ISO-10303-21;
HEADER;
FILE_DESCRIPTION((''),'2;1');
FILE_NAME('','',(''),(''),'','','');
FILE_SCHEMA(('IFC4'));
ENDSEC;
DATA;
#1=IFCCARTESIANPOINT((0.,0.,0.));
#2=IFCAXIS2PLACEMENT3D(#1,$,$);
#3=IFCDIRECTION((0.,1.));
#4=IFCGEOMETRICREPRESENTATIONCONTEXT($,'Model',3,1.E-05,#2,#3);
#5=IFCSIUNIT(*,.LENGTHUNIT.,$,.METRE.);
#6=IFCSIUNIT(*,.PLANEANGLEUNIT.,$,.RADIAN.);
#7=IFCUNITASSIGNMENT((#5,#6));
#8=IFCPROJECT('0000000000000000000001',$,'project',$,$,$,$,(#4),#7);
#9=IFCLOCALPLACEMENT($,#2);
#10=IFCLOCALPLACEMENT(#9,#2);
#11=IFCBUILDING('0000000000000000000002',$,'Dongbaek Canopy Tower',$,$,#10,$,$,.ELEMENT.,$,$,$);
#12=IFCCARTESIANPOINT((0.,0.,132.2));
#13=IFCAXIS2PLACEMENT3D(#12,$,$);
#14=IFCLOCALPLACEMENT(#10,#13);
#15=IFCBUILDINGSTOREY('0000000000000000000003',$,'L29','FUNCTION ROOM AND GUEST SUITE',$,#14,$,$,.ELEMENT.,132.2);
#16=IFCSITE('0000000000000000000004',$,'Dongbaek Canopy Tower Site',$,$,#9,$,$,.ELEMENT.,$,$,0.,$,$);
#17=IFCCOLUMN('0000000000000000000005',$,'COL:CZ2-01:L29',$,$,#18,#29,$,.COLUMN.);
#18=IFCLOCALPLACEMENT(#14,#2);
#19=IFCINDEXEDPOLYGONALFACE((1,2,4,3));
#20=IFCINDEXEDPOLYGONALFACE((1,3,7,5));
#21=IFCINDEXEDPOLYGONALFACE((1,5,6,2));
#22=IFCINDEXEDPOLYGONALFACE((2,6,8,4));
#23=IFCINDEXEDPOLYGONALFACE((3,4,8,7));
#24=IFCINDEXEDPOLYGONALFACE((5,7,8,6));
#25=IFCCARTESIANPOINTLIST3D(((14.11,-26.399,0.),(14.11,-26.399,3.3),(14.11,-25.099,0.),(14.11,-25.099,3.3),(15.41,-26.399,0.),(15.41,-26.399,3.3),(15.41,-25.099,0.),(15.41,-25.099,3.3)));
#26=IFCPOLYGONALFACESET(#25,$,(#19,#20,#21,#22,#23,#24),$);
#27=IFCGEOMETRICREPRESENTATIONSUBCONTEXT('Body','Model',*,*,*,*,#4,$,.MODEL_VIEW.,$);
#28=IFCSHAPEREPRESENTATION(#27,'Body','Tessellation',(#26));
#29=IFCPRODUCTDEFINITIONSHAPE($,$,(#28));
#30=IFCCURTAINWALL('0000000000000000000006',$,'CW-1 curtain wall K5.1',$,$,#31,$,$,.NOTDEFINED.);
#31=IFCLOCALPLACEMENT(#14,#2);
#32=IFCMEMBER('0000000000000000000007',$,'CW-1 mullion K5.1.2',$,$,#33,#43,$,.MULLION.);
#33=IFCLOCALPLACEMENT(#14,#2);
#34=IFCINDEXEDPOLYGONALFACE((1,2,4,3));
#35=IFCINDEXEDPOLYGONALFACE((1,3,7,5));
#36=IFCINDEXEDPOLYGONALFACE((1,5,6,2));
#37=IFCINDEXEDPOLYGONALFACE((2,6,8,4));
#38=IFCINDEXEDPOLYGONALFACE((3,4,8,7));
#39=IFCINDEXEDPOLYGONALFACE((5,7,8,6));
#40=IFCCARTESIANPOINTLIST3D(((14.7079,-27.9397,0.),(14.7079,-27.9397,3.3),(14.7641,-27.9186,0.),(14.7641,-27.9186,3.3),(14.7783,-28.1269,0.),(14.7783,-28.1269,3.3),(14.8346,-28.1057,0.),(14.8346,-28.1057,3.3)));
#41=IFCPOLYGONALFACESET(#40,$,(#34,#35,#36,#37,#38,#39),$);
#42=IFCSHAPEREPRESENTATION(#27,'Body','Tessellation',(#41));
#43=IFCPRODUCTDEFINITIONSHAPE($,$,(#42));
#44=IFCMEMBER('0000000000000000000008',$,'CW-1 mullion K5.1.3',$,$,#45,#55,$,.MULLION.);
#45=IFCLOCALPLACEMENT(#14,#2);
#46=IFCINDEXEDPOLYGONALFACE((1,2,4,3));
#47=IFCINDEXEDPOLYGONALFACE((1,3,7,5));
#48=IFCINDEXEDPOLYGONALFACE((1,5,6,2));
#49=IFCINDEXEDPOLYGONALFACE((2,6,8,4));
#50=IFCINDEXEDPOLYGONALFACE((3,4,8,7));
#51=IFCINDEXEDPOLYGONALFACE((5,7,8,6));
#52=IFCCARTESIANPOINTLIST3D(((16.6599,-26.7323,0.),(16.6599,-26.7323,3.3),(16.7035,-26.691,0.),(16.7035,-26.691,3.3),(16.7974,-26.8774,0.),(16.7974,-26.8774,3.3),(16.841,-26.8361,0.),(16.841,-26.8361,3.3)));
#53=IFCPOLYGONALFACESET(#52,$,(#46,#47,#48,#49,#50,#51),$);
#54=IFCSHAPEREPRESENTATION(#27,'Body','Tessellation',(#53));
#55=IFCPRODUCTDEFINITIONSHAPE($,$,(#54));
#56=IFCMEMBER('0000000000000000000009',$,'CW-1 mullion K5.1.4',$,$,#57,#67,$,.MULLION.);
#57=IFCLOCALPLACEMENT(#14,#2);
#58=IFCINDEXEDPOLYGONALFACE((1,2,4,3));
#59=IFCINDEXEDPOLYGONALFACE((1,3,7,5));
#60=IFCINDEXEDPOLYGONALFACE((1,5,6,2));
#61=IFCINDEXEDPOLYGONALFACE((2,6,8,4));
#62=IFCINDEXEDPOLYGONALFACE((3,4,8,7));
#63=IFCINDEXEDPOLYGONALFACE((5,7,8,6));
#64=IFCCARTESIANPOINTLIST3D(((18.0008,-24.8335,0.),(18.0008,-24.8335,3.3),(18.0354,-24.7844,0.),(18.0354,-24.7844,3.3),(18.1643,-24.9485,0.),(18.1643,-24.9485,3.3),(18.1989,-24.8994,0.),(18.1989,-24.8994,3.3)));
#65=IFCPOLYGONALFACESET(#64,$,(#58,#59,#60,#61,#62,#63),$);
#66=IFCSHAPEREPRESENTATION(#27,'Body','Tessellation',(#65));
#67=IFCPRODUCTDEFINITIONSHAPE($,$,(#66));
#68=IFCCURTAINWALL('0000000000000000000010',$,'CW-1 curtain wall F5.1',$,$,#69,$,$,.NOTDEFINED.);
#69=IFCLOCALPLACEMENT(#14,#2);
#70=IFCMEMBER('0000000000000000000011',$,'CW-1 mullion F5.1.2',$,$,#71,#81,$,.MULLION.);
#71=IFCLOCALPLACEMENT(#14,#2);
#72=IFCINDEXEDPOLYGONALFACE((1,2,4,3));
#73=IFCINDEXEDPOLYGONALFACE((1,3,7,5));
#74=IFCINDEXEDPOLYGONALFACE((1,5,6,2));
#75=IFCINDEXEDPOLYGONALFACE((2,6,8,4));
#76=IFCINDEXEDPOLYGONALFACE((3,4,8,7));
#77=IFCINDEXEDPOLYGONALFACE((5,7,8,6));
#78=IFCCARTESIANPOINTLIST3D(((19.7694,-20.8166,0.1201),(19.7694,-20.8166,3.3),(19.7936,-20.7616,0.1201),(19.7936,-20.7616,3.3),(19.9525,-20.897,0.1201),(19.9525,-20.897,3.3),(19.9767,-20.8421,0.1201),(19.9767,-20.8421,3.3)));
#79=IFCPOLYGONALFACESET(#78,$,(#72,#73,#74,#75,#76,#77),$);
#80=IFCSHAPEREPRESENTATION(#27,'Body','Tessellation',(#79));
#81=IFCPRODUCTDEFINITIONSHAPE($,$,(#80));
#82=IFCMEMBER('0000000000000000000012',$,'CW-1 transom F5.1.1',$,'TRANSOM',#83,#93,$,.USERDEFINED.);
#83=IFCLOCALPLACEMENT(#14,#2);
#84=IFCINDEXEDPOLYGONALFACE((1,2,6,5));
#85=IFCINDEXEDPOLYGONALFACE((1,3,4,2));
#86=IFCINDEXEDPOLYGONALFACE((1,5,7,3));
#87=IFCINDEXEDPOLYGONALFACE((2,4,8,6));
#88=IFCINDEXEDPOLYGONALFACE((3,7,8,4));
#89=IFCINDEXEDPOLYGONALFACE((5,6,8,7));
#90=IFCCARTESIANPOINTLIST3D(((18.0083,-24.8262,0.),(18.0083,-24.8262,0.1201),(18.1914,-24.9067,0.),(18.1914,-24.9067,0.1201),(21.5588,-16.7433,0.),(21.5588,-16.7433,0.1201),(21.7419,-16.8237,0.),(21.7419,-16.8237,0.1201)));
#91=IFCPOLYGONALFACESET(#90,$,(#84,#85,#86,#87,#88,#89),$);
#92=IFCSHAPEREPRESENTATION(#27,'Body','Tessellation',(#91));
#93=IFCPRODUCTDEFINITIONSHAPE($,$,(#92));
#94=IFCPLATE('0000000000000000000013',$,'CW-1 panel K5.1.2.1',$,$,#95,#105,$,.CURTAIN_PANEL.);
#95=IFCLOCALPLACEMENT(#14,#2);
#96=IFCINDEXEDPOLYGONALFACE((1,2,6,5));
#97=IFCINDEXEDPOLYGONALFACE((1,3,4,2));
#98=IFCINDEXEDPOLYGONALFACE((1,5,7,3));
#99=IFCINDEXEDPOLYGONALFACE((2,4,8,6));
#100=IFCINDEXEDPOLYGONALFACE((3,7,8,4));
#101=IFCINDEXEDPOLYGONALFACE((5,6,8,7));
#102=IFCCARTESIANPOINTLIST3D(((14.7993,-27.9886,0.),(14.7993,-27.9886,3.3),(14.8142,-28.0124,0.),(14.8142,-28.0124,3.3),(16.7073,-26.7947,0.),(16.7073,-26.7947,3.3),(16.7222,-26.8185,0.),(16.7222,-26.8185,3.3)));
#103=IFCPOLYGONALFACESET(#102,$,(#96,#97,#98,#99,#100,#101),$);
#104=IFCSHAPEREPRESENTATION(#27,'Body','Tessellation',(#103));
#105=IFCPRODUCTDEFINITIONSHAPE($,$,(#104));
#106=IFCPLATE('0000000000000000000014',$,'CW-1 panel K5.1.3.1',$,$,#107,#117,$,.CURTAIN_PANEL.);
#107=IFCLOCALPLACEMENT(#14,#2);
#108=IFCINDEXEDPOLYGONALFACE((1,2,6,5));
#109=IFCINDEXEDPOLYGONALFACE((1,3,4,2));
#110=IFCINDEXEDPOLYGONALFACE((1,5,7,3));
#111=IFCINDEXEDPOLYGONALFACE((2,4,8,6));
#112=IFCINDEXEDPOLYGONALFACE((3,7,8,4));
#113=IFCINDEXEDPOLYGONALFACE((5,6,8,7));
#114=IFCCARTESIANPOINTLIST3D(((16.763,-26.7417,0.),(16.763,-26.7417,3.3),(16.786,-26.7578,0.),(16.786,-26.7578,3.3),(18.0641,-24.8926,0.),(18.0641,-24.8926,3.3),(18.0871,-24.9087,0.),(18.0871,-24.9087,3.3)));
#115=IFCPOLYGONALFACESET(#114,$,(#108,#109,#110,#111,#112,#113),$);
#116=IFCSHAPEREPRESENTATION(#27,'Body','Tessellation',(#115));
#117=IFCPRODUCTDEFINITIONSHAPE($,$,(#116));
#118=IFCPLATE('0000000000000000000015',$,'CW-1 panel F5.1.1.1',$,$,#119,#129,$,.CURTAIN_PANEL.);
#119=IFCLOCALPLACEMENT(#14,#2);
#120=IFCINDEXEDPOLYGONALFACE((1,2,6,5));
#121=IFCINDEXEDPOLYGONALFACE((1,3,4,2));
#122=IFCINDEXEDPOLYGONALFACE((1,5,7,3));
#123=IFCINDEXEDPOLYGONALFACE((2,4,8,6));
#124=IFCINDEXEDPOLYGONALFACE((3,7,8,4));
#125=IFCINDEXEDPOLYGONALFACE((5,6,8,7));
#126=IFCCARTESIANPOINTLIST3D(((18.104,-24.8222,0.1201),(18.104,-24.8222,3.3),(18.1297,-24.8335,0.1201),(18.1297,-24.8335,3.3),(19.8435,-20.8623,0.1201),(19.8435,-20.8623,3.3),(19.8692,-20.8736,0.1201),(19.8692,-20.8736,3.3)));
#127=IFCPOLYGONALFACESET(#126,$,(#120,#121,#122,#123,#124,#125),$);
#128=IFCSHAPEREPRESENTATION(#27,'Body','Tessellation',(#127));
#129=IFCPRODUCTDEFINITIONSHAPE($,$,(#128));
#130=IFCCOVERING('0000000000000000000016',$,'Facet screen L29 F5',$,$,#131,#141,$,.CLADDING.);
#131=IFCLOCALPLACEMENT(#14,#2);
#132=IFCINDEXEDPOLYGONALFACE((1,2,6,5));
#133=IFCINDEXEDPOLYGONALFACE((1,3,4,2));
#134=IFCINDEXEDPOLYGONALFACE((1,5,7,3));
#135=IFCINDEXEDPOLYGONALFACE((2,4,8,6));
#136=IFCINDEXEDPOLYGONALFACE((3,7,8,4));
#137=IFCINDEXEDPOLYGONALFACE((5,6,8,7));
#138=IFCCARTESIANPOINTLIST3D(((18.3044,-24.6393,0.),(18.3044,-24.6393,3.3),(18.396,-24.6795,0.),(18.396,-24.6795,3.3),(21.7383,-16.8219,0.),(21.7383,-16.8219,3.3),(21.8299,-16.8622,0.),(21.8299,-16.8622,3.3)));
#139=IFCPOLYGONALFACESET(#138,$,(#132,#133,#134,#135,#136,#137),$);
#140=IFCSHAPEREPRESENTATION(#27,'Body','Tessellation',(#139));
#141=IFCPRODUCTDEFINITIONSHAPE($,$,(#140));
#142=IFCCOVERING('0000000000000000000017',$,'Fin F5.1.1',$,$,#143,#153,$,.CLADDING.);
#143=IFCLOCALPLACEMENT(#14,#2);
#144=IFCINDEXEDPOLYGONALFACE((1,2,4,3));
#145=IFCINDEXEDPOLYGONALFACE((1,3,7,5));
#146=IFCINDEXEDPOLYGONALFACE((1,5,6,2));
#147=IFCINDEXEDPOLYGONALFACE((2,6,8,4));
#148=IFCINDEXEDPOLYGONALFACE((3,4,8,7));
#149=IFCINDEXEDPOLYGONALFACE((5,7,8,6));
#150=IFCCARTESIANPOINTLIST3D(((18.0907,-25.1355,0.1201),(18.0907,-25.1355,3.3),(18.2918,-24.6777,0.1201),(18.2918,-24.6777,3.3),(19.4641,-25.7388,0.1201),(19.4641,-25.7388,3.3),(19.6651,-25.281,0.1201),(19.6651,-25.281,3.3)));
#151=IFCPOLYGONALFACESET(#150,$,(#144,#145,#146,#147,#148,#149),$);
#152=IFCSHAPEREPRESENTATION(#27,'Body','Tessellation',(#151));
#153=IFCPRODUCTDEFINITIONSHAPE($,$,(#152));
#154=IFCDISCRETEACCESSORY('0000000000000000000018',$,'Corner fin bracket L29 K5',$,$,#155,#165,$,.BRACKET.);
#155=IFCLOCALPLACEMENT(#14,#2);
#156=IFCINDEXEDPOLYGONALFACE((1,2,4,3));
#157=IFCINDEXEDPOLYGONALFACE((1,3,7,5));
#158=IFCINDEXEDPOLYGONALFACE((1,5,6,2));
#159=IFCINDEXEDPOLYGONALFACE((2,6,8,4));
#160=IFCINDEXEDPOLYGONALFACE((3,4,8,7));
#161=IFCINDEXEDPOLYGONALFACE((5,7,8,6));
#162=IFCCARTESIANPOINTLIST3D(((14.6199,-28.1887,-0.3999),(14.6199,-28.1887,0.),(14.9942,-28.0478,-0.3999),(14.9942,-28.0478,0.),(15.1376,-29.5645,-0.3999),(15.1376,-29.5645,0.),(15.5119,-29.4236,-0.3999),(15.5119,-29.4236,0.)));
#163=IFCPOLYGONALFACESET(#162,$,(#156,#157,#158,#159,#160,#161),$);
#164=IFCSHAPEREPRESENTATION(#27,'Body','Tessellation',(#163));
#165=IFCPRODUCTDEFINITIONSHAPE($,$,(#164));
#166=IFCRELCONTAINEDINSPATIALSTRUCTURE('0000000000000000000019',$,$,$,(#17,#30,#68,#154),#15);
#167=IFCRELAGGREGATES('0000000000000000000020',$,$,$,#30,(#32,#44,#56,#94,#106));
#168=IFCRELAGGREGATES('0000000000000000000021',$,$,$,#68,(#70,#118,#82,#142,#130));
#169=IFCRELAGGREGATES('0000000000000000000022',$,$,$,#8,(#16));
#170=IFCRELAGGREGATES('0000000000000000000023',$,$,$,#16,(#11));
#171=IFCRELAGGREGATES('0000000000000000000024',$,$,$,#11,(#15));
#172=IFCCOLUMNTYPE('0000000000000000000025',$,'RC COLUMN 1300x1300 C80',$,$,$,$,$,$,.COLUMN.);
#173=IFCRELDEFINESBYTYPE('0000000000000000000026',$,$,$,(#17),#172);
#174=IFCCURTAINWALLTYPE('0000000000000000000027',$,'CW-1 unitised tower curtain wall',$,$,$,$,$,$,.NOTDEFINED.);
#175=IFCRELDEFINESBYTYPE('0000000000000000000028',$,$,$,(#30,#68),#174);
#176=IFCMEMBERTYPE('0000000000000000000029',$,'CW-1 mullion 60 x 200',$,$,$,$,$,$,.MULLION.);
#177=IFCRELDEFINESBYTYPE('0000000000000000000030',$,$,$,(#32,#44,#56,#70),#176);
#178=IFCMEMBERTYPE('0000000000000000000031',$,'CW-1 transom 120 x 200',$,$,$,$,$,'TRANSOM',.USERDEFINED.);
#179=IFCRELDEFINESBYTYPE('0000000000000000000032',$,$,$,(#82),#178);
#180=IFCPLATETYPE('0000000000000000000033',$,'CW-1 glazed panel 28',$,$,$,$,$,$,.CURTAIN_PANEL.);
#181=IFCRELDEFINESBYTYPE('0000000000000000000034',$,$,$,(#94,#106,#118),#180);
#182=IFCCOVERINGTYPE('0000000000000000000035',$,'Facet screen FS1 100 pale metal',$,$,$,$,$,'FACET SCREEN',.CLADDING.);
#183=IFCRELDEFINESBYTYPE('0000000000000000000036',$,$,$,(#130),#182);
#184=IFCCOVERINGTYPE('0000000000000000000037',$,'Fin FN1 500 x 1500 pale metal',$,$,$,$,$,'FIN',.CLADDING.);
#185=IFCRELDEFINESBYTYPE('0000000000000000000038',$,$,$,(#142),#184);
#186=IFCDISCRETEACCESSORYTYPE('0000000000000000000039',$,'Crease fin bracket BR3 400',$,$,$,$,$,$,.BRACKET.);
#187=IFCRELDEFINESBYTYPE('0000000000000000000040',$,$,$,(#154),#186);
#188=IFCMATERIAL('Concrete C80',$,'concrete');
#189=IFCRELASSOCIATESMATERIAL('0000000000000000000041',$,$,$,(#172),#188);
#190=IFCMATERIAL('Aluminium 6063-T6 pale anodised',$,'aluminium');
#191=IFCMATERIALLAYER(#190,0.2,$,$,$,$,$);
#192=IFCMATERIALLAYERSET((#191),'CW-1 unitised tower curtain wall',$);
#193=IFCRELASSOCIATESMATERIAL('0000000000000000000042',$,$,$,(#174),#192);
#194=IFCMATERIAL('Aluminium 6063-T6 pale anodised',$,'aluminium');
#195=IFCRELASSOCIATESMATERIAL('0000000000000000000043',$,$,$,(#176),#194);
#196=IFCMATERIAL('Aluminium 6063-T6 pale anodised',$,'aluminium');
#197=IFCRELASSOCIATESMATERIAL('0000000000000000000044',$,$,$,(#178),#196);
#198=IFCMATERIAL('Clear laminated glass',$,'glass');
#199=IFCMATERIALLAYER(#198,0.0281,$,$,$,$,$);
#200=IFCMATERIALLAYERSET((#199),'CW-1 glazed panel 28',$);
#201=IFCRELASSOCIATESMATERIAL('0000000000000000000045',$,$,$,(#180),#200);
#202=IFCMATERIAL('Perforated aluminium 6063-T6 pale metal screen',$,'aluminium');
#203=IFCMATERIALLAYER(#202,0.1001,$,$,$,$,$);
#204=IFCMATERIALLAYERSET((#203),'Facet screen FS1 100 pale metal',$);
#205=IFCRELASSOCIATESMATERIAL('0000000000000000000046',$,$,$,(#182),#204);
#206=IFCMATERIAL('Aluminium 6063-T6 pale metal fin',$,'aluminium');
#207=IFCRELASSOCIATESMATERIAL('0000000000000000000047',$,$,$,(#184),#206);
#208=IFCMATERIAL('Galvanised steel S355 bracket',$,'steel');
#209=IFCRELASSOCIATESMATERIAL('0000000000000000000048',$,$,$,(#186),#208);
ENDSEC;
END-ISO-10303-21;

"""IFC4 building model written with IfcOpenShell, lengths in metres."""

from ifc_helpers import new_model, si_unit, direction, frame, origin, origin_2d, place, context, subcontext, project, spatial, rectangle, extrude, material, layer, layer_set, material_profile, profile_set, type_object, element, aggregate, save


model = new_model("IFC4")

# Units and contexts
model_context = context("Model", 3, precision=1e-05, world=origin(), true_north=direction((0.0, 1.0)))
body_context = subcontext(model_context, "Body", "Model", "MODEL_VIEW")
ifc_project = project(units=[si_unit("LENGTHUNIT", "METRE"), si_unit("PLANEANGLEUNIT", "RADIAN")], contexts=[model_context])

# Site, building, storey
site_placement = place(None, origin())
site = spatial("IfcSite", under=ifc_project, at=site_placement, Name="Dongbaek Canopy Tower Site", CompositionType="ELEMENT", RefElevation=0.0)
building_placement = place(site_placement, origin())
building = spatial("IfcBuilding", under=site, at=building_placement, Name="Dongbaek Canopy Tower", CompositionType="ELEMENT")
storey_placement = place(building_placement, frame((0.0, 0.0, 132.2)))
storey = spatial("IfcBuildingStorey", under=building, at=storey_placement, Name="L29", Description="FUNCTION ROOM AND GUEST SUITE", CompositionType="ELEMENT", Elevation=132.2)

# Column
ifc_material_1 = material(Name="Concrete C80", Category="concrete")
ifc_material_profile_1 = material_profile(ifc_material_1, rectangle(XDim=1.3, YDim=1.3, at=origin_2d()), Name="RC COLUMN 1300x1300 C80")
ifc_profile_set_1 = profile_set([ifc_material_profile_1], Name="Concrete C80")
column_type = type_object("IfcColumnType", Name="RC COLUMN 1300x1300 C80", PredefinedType="COLUMN", material=ifc_profile_set_1)
column_placement = place(storey_placement, frame((14.76, -25.749, 0.0), z_axis=(0.0, 0.0, 1.0), x_axis=(1.0, 0.0, 0.0)))
element("IfcColumn", 1, at=column_placement, inside=storey, type_object=column_type, Name="COL:CZ2-01:L29", PredefinedType="COLUMN", context=body_context, shape_type="SweptSolid", body=[
    extrude(rectangle(XDim=1.3, YDim=1.3, at=origin_2d()), origin(), (0.0, 0.0, 1.0), 3.3),
])

# Curtain walls, members
ifc_material_2 = material(Name="Aluminium 6063-T6 pale anodised", Category="aluminium")
ifc_layer_1 = layer(ifc_material_2, 0.2)
ifc_layer_set_1 = layer_set([ifc_layer_1], Name="CW-1 unitised tower curtain wall")
curtain_wall_type = type_object("IfcCurtainWallType", Name="CW-1 unitised tower curtain wall", PredefinedType="NOTDEFINED", material=ifc_layer_set_1)
curtain_wall_1_placement = place(storey_placement, origin())
curtain_wall_1 = element("IfcCurtainWall", 2, at=curtain_wall_1_placement, inside=storey, type_object=curtain_wall_type, Name="CW-1 curtain wall K5.1", PredefinedType="NOTDEFINED")
ifc_material_3 = material(Name="Aluminium 6063-T6 pale anodised", Category="aluminium")
ifc_material_profile_2 = material_profile(ifc_material_3, rectangle(XDim=0.2, YDim=0.0601, at=origin_2d()), Name="CW-1 mullion 60 x 200")
ifc_profile_set_2 = profile_set([ifc_material_profile_2], Name="Aluminium 6063-T6 pale anodised")
member_type_1 = type_object("IfcMemberType", Name="CW-1 mullion 60 x 200", PredefinedType="MULLION", material=ifc_profile_set_2)
member_1_placement = place(storey_placement, frame((14.7712, -28.0227, 0.0), z_axis=(0.0, 0.0, 1.0), x_axis=(0.352184, -0.935931, 0.0)))
member_1 = element("IfcMember", 3, at=member_1_placement, type_object=member_type_1, Name="CW-1 mullion K5.1.2", PredefinedType="MULLION", context=body_context, shape_type="SweptSolid", body=[
    extrude(rectangle(XDim=0.2, YDim=0.0601, at=origin_2d()), origin(), (0.0, 0.0, 1.0), 3.3),
])
member_2_placement = place(storey_placement, frame((16.7505, -26.7842, 0.0), z_axis=(0.0, 0.0, 1.0), x_axis=(0.687764, -0.725935, 0.0)))
member_2 = element("IfcMember", 4, at=member_2_placement, type_object=member_type_1, Name="CW-1 mullion K5.1.3", PredefinedType="MULLION", context=body_context, shape_type="SweptSolid", body=[
    extrude(rectangle(XDim=0.2, YDim=0.0601, at=origin_2d()), origin(), (0.0, 0.0, 1.0), 3.3),
])
member_3_placement = place(storey_placement, frame((18.0999, -24.8665, 0.0), z_axis=(0.0, 0.0, 1.0), x_axis=(0.817844, -0.57544, 0.0)))
member_3 = element("IfcMember", 5, at=member_3_placement, type_object=member_type_1, Name="CW-1 mullion K5.1.4", PredefinedType="MULLION", context=body_context, shape_type="SweptSolid", body=[
    extrude(rectangle(XDim=0.2, YDim=0.0601, at=origin_2d()), origin(), (0.0, 0.0, 1.0), 3.3),
])
curtain_wall_2_placement = place(storey_placement, origin())
curtain_wall_2 = element("IfcCurtainWall", 6, at=curtain_wall_2_placement, inside=storey, type_object=curtain_wall_type, Name="CW-1 curtain wall F5.1", PredefinedType="NOTDEFINED")
member_4_placement = place(storey_placement, frame((19.873, -20.8293, 0.1201), z_axis=(0.0, 0.0, 1.0), x_axis=(0.915562, -0.402176, 0.0)))
member_4 = element("IfcMember", 7, at=member_4_placement, type_object=member_type_1, Name="CW-1 mullion F5.1.2", PredefinedType="MULLION", context=body_context, shape_type="SweptSolid", body=[
    extrude(rectangle(XDim=0.2, YDim=0.0601, at=origin_2d()), origin(), (0.0, 0.0, 1.0), 3.1799),
])
ifc_material_4 = material(Name="Aluminium 6063-T6 pale anodised", Category="aluminium")
ifc_material_profile_3 = material_profile(ifc_material_4, rectangle(XDim=0.2, YDim=0.1201, at=origin_2d()), Name="CW-1 transom 120 x 200")
ifc_profile_set_3 = profile_set([ifc_material_profile_3], Name="Aluminium 6063-T6 pale anodised")
member_type_2 = type_object("IfcMemberType", Name="CW-1 transom 120 x 200", ElementType="TRANSOM", PredefinedType="USERDEFINED", material=ifc_profile_set_3)
member_5_placement = place(storey_placement, frame((18.0999, -24.8665, 0.0601), z_axis=(0.40217, 0.915565, 0.0), x_axis=(-0.915565, 0.40217, 0.0)))
member_5 = element("IfcMember", 8, at=member_5_placement, type_object=member_type_2, Name="CW-1 transom F5.1.1", ObjectType="TRANSOM", PredefinedType="USERDEFINED", context=body_context, shape_type="SweptSolid", body=[
    extrude(rectangle(XDim=0.2, YDim=0.1201, at=origin_2d()), origin(), (0.0, 0.0, 1.0), 8.8284),
])

# Plates
ifc_material_5 = material(Name="Clear laminated glass", Category="glass")
ifc_layer_2 = layer(ifc_material_5, 0.0281)
ifc_layer_set_2 = layer_set([ifc_layer_2], Name="CW-1 glazed panel 28")
plate_type = type_object("IfcPlateType", Name="CW-1 glazed panel 28", PredefinedType="CURTAIN_PANEL", material=ifc_layer_set_2)
plate_1_placement = place(storey_placement, frame((15.7607, -27.4036, 0.0), z_axis=(0.0, 0.0, 1.0), x_axis=(0.847704, 0.530469, 0.0)))
plate_1 = element("IfcPlate", 9, at=plate_1_placement, type_object=plate_type, Name="CW-1 panel K5.1.2.1", PredefinedType="CURTAIN_PANEL", context=body_context, shape_type="SweptSolid", body=[
    extrude(rectangle(XDim=2.2507, YDim=0.0281, at=origin_2d()), origin(), (0.0, 0.0, 1.0), 3.3),
])
plate_2_placement = place(storey_placement, frame((17.425, -25.8252, 0.0), z_axis=(0.0, 0.0, 1.0), x_axis=(0.57544, 0.817844, 0.0)))
plate_2 = element("IfcPlate", 10, at=plate_2_placement, type_object=plate_type, Name="CW-1 panel K5.1.3.1", PredefinedType="CURTAIN_PANEL", context=body_context, shape_type="SweptSolid", body=[
    extrude(rectangle(XDim=2.261, YDim=0.0281, at=origin_2d()), origin(), (0.0, 0.0, 1.0), 3.3),
])
aggregate(curtain_wall_1, [member_1, member_2, member_3, plate_1, plate_2])
plate_3_placement = place(storey_placement, frame((18.9866, -22.8479, 0.1201), z_axis=(0.0, 0.0, 1.0), x_axis=(0.402176, 0.915562, 0.0)))
plate_3 = element("IfcPlate", 11, at=plate_3_placement, type_object=plate_type, Name="CW-1 panel F5.1.1.1", PredefinedType="CURTAIN_PANEL", context=body_context, shape_type="SweptSolid", body=[
    extrude(rectangle(XDim=4.3252, YDim=0.0281, at=origin_2d()), origin(), (0.0, 0.0, 1.0), 3.1799),
])

# Coverings
ifc_material_6 = material(Name="Perforated aluminium 6063-T6 pale metal screen", Category="aluminium")
ifc_layer_3 = layer(ifc_material_6, 0.1001)
ifc_layer_set_3 = layer_set([ifc_layer_3], Name="Facet screen FS1 100 pale metal")
covering_type_1 = type_object("IfcCoveringType", Name="Facet screen FS1 100 pale metal", ElementType="FACET SCREEN", PredefinedType="CLADDING", material=ifc_layer_set_3)
covering_1_placement = place(storey_placement, frame((20.0671, -20.7507, 0.0), z_axis=(0.0, 0.0, 1.0), x_axis=(0.402176, 0.915562, 0.0)))
covering_1 = element("IfcCovering", 12, at=covering_1_placement, type_object=covering_type_1, Name="Facet screen L29 F5", PredefinedType="CLADDING", context=body_context, shape_type="SweptSolid", body=[
    extrude(rectangle(XDim=8.5383, YDim=0.1001, at=origin_2d()), origin(), (0.0, 0.0, 1.0), 3.3),
])
ifc_material_7 = material(Name="Aluminium 6063-T6 pale metal fin", Category="aluminium")
ifc_material_profile_4 = material_profile(ifc_material_7, rectangle(XDim=1.5, YDim=0.5, at=origin_2d()), Name="Fin FN1 500 x 1500 pale metal")
ifc_profile_set_4 = profile_set([ifc_material_profile_4], Name="Aluminium 6063-T6 pale metal fin")
covering_type_2 = type_object("IfcCoveringType", Name="Fin FN1 500 x 1500 pale metal", ElementType="FIN", PredefinedType="CLADDING", material=ifc_profile_set_4)
covering_2_placement = place(storey_placement, frame((18.8779, -25.2083, 0.1201), z_axis=(0.0, 0.0, 1.0), x_axis=(0.915562, -0.402176, 0.0)))
covering_2 = element("IfcCovering", 13, at=covering_2_placement, type_object=covering_type_2, Name="Fin F5.1.1", PredefinedType="CLADDING", context=body_context, shape_type="SweptSolid", body=[
    extrude(rectangle(XDim=1.5, YDim=0.5, at=origin_2d()), origin(), (0.0, 0.0, 1.0), 3.1799),
])
aggregate(curtain_wall_2, [member_4, plate_3, member_5, covering_2, covering_1])

# Discrete accessory
ifc_material_8 = material(Name="Galvanised steel S355 bracket", Category="steel")
discrete_accessory_type = type_object("IfcDiscreteAccessoryType", Name="Crease fin bracket BR3 400", PredefinedType="BRACKET", material=ifc_material_8)
discrete_accessory_placement = place(storey_placement, frame((15.0659, -28.8062, -0.3999), z_axis=(0.0, 0.0, 1.0), x_axis=(0.352183, -0.935931, 0.0)))
element("IfcDiscreteAccessory", 14, at=discrete_accessory_placement, inside=storey, type_object=discrete_accessory_type, Name="Corner fin bracket L29 K5", PredefinedType="BRACKET", context=body_context, shape_type="SweptSolid", body=[
    extrude(rectangle(XDim=1.47, YDim=0.3999, at=origin_2d()), origin(), (0.0, 0.0, 1.0), 0.3999),
])

save(model, "model.ifc")
